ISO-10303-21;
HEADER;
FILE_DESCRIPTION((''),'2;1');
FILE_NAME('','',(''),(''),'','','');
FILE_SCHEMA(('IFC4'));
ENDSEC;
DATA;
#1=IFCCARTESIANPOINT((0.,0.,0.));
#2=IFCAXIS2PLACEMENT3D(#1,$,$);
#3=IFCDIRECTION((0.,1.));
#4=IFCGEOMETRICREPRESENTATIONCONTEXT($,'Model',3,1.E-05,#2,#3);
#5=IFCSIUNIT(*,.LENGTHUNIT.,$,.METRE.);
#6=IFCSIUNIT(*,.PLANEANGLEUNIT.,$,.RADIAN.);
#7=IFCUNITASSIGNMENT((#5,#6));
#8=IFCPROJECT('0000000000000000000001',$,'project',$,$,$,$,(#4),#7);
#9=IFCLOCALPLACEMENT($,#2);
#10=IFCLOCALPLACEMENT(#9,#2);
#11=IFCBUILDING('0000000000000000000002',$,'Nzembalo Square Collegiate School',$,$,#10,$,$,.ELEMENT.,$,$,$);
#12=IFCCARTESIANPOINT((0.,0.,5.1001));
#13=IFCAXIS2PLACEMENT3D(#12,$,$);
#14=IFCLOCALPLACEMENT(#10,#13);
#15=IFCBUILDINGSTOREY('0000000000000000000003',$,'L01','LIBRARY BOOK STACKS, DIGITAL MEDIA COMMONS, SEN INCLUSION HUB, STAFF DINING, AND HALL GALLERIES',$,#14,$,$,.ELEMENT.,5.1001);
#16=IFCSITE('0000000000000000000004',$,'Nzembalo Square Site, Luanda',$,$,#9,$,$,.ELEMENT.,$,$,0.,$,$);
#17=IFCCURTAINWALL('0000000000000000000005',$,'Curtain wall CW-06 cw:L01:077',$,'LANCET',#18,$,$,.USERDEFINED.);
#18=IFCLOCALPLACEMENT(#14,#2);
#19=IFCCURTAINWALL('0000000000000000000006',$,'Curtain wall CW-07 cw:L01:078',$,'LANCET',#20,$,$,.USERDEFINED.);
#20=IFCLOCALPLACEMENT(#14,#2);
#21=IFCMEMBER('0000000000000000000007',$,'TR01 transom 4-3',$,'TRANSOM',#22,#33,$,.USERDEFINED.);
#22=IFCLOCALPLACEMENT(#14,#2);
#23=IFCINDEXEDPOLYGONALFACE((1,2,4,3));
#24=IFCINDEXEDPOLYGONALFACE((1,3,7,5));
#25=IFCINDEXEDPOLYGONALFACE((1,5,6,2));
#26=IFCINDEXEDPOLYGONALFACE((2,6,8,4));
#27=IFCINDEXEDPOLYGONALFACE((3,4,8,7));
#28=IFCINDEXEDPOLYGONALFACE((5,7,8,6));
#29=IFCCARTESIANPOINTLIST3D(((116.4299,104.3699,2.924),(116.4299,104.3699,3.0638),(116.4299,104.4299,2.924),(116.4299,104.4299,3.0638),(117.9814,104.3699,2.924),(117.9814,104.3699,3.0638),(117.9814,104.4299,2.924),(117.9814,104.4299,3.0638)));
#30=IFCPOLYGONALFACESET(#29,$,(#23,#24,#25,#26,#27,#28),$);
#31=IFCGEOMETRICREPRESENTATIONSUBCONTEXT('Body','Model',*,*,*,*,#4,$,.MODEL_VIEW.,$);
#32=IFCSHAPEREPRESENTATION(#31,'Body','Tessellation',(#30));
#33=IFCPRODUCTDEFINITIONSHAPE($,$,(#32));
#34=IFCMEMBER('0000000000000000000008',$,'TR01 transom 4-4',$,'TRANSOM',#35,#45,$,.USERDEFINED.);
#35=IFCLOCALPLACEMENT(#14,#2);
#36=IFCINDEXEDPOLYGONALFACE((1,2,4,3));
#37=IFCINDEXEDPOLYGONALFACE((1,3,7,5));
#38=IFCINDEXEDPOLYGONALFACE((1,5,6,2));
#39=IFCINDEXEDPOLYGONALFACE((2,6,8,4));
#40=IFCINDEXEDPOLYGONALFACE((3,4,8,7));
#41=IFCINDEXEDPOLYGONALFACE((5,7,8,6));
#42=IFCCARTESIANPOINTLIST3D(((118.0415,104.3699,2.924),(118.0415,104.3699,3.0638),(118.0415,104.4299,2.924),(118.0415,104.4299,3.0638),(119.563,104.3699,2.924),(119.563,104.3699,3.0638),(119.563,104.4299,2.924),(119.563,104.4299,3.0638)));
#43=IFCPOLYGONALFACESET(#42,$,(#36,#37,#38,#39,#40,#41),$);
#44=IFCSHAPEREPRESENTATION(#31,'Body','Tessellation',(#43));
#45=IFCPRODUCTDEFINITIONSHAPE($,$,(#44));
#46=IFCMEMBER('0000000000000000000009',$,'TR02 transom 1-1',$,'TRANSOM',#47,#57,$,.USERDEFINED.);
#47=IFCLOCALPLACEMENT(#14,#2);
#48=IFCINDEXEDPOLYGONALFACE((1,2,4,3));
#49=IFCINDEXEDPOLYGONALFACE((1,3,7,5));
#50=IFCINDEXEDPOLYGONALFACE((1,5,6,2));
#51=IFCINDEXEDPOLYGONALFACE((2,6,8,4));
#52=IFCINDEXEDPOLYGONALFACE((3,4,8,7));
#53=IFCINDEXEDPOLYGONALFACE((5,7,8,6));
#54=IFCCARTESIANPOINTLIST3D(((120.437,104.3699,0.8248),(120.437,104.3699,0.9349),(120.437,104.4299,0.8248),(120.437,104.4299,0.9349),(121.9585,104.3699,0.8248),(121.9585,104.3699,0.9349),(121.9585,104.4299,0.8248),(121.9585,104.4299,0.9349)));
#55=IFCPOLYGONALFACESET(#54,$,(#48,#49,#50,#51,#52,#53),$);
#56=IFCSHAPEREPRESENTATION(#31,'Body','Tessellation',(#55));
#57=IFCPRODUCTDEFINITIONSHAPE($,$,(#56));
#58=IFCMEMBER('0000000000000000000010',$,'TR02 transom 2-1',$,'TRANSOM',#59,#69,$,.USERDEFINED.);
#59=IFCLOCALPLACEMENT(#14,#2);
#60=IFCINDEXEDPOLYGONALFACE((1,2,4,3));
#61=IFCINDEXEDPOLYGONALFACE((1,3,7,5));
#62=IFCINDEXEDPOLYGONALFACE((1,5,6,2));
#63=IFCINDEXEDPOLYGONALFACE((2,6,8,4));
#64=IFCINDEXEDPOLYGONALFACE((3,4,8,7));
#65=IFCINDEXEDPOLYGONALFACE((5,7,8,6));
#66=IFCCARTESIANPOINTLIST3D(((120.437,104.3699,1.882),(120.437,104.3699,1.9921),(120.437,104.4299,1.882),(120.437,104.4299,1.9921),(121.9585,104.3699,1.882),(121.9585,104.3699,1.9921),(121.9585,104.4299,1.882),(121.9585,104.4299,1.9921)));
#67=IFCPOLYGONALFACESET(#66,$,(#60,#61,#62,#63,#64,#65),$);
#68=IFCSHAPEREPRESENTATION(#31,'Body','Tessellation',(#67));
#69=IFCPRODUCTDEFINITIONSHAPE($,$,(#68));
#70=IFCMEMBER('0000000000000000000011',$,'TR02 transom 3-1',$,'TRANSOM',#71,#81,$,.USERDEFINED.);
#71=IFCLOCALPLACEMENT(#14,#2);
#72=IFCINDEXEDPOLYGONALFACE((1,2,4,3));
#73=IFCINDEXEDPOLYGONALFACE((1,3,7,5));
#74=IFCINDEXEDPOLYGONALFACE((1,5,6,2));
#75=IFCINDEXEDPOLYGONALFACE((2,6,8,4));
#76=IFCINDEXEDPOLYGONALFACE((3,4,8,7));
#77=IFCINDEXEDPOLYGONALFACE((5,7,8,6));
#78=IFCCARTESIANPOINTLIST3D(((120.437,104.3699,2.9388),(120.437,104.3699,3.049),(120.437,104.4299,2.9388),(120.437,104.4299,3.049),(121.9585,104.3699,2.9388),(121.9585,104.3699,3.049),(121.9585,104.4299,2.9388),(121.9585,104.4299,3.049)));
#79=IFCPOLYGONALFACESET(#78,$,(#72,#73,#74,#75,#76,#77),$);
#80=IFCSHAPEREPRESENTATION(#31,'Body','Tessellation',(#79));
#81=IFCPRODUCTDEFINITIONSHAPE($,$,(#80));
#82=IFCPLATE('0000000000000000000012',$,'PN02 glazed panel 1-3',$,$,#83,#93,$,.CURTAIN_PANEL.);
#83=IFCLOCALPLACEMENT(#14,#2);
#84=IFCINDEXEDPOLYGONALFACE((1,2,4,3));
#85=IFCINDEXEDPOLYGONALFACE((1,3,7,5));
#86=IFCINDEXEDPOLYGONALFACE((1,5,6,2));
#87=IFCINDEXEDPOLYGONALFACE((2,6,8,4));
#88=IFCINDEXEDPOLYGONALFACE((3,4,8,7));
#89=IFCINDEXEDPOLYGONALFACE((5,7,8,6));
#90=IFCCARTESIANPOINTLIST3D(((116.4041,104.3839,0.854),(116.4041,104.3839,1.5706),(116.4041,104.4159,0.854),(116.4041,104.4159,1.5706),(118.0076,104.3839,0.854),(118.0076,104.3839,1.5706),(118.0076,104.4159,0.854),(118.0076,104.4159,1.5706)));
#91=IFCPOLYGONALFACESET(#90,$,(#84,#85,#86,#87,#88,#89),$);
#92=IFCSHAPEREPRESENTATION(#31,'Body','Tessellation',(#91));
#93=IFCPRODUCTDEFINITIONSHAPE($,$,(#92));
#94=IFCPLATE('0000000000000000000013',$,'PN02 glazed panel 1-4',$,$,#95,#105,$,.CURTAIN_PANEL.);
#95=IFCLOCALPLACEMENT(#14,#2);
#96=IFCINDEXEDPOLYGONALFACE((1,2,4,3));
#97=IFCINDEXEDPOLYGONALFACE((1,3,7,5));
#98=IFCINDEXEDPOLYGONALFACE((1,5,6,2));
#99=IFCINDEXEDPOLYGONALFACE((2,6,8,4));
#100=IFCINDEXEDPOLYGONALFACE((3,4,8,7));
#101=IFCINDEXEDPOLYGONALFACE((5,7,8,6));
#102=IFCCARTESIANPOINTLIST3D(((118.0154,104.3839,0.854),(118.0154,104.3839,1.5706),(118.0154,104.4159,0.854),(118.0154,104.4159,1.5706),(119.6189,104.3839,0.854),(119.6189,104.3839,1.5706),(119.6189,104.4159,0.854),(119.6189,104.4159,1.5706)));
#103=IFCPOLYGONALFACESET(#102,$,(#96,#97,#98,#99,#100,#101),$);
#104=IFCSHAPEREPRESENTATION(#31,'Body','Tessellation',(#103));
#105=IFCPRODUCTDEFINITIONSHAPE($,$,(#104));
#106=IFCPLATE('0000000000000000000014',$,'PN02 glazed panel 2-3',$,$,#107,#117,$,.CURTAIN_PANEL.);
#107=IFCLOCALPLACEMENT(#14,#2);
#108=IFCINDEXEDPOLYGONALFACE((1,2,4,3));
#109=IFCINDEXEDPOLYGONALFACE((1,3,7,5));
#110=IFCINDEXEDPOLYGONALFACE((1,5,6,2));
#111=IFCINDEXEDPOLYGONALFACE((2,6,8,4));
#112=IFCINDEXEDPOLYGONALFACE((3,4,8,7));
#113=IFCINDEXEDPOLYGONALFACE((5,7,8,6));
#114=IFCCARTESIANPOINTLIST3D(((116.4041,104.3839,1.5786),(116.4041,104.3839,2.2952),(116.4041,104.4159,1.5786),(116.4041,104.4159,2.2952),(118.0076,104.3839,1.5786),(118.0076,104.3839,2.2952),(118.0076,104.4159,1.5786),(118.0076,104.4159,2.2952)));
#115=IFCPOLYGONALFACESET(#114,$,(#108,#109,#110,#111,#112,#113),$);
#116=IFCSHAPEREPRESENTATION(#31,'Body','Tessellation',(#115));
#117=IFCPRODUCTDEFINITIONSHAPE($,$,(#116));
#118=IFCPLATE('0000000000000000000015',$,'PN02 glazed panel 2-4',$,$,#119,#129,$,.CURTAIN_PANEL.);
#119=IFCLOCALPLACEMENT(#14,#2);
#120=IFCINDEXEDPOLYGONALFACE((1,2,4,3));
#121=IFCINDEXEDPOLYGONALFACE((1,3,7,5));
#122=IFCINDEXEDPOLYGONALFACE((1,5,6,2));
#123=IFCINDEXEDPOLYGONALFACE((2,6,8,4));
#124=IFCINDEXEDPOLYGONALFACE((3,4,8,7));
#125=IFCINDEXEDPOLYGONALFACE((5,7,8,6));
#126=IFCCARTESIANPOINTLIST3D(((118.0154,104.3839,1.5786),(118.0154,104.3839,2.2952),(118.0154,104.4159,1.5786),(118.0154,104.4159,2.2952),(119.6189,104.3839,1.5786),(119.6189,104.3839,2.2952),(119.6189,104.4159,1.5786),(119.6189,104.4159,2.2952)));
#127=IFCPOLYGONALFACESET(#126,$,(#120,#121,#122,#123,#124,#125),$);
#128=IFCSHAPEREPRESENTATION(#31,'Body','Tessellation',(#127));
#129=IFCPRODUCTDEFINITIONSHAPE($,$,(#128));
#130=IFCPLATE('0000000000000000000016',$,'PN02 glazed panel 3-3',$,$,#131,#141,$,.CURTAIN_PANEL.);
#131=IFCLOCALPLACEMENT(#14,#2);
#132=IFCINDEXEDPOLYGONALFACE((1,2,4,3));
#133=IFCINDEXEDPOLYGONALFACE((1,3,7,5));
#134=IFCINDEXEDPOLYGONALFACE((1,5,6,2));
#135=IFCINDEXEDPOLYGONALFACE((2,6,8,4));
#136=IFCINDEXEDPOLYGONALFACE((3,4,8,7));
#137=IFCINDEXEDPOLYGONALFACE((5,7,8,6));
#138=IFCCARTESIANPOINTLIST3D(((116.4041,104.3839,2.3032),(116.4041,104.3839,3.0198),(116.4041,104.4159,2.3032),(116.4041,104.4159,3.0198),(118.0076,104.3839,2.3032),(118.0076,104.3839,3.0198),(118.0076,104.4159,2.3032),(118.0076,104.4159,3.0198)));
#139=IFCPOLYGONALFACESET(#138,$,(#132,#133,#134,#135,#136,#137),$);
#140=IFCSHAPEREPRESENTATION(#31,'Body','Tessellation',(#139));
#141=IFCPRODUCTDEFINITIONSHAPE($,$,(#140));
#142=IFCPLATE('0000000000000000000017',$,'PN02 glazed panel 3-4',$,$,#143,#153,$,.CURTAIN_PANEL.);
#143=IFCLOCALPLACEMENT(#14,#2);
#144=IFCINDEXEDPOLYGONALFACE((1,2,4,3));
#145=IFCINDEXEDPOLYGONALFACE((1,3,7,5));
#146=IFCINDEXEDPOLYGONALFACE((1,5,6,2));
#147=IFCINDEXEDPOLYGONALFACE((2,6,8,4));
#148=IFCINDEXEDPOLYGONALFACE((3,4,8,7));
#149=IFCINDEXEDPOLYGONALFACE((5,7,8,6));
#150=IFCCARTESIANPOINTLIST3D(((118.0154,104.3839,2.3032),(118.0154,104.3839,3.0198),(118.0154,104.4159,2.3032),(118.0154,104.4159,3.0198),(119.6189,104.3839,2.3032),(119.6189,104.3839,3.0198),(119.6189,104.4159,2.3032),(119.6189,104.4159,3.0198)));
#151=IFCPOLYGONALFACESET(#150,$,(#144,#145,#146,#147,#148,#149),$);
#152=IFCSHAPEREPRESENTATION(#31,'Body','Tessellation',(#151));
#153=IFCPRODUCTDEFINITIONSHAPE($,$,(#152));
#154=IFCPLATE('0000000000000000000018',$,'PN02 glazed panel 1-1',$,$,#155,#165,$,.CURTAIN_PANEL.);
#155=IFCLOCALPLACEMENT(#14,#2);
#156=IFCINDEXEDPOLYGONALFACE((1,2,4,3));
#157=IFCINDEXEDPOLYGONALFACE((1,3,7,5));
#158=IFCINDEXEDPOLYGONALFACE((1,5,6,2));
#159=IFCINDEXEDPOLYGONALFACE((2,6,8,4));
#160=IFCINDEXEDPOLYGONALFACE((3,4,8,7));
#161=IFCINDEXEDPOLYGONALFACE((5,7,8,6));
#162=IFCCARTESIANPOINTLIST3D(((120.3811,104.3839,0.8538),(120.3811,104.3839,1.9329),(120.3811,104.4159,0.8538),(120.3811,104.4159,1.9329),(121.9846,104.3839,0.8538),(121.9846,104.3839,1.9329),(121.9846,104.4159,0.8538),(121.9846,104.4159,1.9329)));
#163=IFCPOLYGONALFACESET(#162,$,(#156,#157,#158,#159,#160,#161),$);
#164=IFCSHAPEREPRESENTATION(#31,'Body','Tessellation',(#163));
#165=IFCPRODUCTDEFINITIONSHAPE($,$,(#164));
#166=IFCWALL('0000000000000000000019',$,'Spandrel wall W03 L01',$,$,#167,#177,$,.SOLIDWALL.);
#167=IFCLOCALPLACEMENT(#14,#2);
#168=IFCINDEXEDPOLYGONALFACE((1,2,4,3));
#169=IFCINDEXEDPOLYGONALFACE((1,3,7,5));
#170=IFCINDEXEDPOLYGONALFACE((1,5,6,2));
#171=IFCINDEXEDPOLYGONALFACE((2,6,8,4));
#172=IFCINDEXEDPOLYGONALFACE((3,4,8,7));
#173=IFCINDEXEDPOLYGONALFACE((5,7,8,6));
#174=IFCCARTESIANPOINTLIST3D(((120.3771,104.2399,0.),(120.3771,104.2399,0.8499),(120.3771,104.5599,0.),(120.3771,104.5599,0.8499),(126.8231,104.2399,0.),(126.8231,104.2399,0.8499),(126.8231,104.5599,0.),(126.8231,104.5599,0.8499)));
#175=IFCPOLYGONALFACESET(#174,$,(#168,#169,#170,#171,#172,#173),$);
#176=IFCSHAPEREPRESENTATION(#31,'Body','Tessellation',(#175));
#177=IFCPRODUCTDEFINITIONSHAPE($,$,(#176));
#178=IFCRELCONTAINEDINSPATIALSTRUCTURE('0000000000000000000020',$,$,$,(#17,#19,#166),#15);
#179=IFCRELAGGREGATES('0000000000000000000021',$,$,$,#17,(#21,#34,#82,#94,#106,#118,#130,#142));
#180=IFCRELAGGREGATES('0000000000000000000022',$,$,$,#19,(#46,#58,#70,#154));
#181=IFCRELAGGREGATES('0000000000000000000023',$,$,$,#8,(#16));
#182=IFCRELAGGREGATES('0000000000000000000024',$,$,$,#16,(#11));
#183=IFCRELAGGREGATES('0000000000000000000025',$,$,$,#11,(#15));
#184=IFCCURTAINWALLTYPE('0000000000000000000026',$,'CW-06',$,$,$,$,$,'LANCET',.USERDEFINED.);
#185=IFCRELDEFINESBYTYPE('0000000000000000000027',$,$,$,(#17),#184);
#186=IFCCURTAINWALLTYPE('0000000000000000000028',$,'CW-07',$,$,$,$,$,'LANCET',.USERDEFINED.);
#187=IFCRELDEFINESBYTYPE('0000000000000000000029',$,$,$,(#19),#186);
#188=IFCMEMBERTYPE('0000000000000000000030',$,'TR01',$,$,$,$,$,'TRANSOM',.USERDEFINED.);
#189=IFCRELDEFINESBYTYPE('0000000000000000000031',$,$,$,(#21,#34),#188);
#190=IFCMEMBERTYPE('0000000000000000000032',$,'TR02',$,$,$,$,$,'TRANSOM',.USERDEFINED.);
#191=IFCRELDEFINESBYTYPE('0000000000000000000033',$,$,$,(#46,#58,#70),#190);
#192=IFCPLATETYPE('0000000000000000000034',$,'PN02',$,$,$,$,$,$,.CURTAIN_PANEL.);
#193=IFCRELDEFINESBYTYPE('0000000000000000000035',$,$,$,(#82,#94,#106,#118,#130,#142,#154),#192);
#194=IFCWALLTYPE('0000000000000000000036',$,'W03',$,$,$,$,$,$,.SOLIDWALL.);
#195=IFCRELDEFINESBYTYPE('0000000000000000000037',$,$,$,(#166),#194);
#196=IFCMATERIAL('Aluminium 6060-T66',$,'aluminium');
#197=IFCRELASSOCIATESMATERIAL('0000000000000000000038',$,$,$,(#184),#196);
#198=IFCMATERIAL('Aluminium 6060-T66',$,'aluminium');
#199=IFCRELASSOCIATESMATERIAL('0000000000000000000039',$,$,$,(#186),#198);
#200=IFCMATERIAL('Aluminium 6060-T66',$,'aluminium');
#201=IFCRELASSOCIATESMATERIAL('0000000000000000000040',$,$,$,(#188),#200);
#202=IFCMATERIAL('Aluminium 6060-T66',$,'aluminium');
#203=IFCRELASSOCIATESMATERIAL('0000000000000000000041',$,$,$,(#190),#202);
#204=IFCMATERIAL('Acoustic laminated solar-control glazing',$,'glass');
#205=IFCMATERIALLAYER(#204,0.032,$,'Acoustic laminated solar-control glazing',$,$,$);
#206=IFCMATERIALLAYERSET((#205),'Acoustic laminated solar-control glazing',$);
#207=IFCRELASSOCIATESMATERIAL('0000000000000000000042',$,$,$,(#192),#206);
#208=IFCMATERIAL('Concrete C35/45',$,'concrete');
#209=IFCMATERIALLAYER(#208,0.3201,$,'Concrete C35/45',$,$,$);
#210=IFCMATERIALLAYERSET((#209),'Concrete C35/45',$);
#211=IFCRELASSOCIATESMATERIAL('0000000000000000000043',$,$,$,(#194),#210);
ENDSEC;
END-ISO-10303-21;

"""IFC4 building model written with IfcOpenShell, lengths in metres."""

from ifc_helpers import new_model, si_unit, direction, frame, frame_2d, origin, origin_2d, place, context, subcontext, project, spatial, rectangle, extrude, material, layer, layer_set, material_profile, profile_set, type_object, element, aggregate, save


model = new_model("IFC4")

# Units and contexts
model_context = context("Model", 3, precision=1e-05, world=origin(), true_north=direction((0.0, 1.0)))
body_context = subcontext(model_context, "Body", "Model", "MODEL_VIEW")
ifc_project = project(units=[si_unit("LENGTHUNIT", "METRE"), si_unit("PLANEANGLEUNIT", "RADIAN")], contexts=[model_context])

# Site, building, storey
site_placement = place(None, origin())
site = spatial("IfcSite", under=ifc_project, at=site_placement, Name="Nzembalo Square Site, Luanda", CompositionType="ELEMENT", RefElevation=0.0)
building_placement = place(site_placement, origin())
building = spatial("IfcBuilding", under=site, at=building_placement, Name="Nzembalo Square Collegiate School", CompositionType="ELEMENT")
storey_placement = place(building_placement, frame((0.0, 0.0, 5.1001)))
storey = spatial("IfcBuildingStorey", under=building, at=storey_placement, Name="L01", Description="LIBRARY BOOK STACKS, DIGITAL MEDIA COMMONS, SEN INCLUSION HUB, STAFF DINING, AND HALL GALLERIES", CompositionType="ELEMENT", Elevation=5.1001)

# Curtain wall
ifc_material_1 = material(Name="Aluminium 6060-T66", Category="aluminium")
curtain_wall_type_1 = type_object("IfcCurtainWallType", Name="CW-06", ElementType="LANCET", PredefinedType="USERDEFINED", material=ifc_material_1)
curtain_wall_1_placement = place(storey_placement, origin())
curtain_wall_1 = element("IfcCurtainWall", 1, at=curtain_wall_1_placement, inside=storey, type_object=curtain_wall_type_1, Name="Curtain wall CW-06 cw:L01:077", ObjectType="LANCET", PredefinedType="USERDEFINED")

# Curtain wall
ifc_material_2 = material(Name="Aluminium 6060-T66", Category="aluminium")
curtain_wall_type_2 = type_object("IfcCurtainWallType", Name="CW-07", ElementType="LANCET", PredefinedType="USERDEFINED", material=ifc_material_2)
curtain_wall_2_placement = place(storey_placement, origin())
curtain_wall_2 = element("IfcCurtainWall", 2, at=curtain_wall_2_placement, inside=storey, type_object=curtain_wall_type_2, Name="Curtain wall CW-07 cw:L01:078", ObjectType="LANCET", PredefinedType="USERDEFINED")

# Members
ifc_material_3 = material(Name="Aluminium 6060-T66", Category="aluminium")
ifc_material_profile_1 = material_profile(ifc_material_3, rectangle(XDim=0.0601, YDim=0.1399, at=origin_2d()), Name="ALU T60x140")
ifc_profile_set_1 = profile_set([ifc_material_profile_1], Name="Aluminium 6060-T66")
member_type_1 = type_object("IfcMemberType", Name="TR01", ElementType="TRANSOM", PredefinedType="USERDEFINED", material=ifc_profile_set_1)
member_1_placement = place(storey_placement, frame((116.4299, 104.3999, 2.9939), z_axis=(1.0, 0.0, 0.0), x_axis=(0.0, 1.0, 0.0)))
member_1 = element("IfcMember", 3, at=member_1_placement, type_object=member_type_1, Name="TR01 transom 4-3", ObjectType="TRANSOM", PredefinedType="USERDEFINED", context=body_context, shape_type="SweptSolid", body=[
    extrude(rectangle(XDim=0.0601, YDim=0.1399, at=origin_2d()), origin(), (0.0, 0.0, 1.0), 1.5515),
])
member_2_placement = place(storey_placement, frame((118.0415, 104.3999, 2.9939), z_axis=(1.0, 0.0, 0.0), x_axis=(0.0, 1.0, 0.0)))
member_2 = element("IfcMember", 4, at=member_2_placement, type_object=member_type_1, Name="TR01 transom 4-4", ObjectType="TRANSOM", PredefinedType="USERDEFINED", context=body_context, shape_type="SweptSolid", body=[
    extrude(rectangle(XDim=0.0601, YDim=0.1399, at=origin_2d()), origin(), (0.0, 0.0, 1.0), 1.5215),
])
ifc_material_4 = material(Name="Aluminium 6060-T66", Category="aluminium")
ifc_material_profile_2 = material_profile(ifc_material_4, rectangle(XDim=0.0601, YDim=0.1101, at=origin_2d()), Name="ALU T60x110")
ifc_profile_set_2 = profile_set([ifc_material_profile_2], Name="Aluminium 6060-T66")
member_type_2 = type_object("IfcMemberType", Name="TR02", ElementType="TRANSOM", PredefinedType="USERDEFINED", material=ifc_profile_set_2)
member_3_placement = place(storey_placement, frame((120.437, 104.3999, 0.8799), z_axis=(1.0, 0.0, 0.0), x_axis=(0.0, 1.0, 0.0)))
member_3 = element("IfcMember", 5, at=member_3_placement, type_object=member_type_2, Name="TR02 transom 1-1", ObjectType="TRANSOM", PredefinedType="USERDEFINED", context=body_context, shape_type="SweptSolid", body=[
    extrude(rectangle(XDim=0.0601, YDim=0.1101, at=origin_2d()), origin(), (0.0, 0.0, 1.0), 1.5215),
])
member_4_placement = place(storey_placement, frame((120.437, 104.3999, 1.937), z_axis=(1.0, 0.0, 0.0), x_axis=(0.0, 1.0, 0.0)))
member_4 = element("IfcMember", 6, at=member_4_placement, type_object=member_type_2, Name="TR02 transom 2-1", ObjectType="TRANSOM", PredefinedType="USERDEFINED", context=body_context, shape_type="SweptSolid", body=[
    extrude(rectangle(XDim=0.0601, YDim=0.1101, at=origin_2d()), origin(), (0.0, 0.0, 1.0), 1.5215),
])
member_5_placement = place(storey_placement, frame((120.437, 104.3999, 2.9939), z_axis=(1.0, 0.0, 0.0), x_axis=(0.0, 1.0, 0.0)))
member_5 = element("IfcMember", 7, at=member_5_placement, type_object=member_type_2, Name="TR02 transom 3-1", ObjectType="TRANSOM", PredefinedType="USERDEFINED", context=body_context, shape_type="SweptSolid", body=[
    extrude(rectangle(XDim=0.0601, YDim=0.1101, at=origin_2d()), origin(), (0.0, 0.0, 1.0), 1.5215),
])

# Plates
ifc_material_5 = material(Name="Acoustic laminated solar-control glazing", Category="glass")
ifc_layer_1 = layer(ifc_material_5, 0.032, Name="Acoustic laminated solar-control glazing")
ifc_layer_set_1 = layer_set([ifc_layer_1], Name="Acoustic laminated solar-control glazing")
plate_type = type_object("IfcPlateType", Name="PN02", PredefinedType="CURTAIN_PANEL", material=ifc_layer_set_1)
plate_1_placement = place(storey_placement, frame((117.2058, 104.3999, 0.854), z_axis=(0.0, 0.0, 1.0), x_axis=(1.0, 0.0, 0.0)))
plate_1 = element("IfcPlate", 8, at=plate_1_placement, type_object=plate_type, Name="PN02 glazed panel 1-3", PredefinedType="CURTAIN_PANEL", context=body_context, shape_type="SweptSolid", body=[
    extrude(rectangle(XDim=1.6035, YDim=0.032, at=origin_2d()), origin(), (0.0, 0.0, 1.0), 0.7166),
])
plate_2_placement = place(storey_placement, frame((118.8171, 104.3999, 0.854), z_axis=(0.0, 0.0, 1.0), x_axis=(1.0, 0.0, 0.0)))
plate_2 = element("IfcPlate", 9, at=plate_2_placement, type_object=plate_type, Name="PN02 glazed panel 1-4", PredefinedType="CURTAIN_PANEL", context=body_context, shape_type="SweptSolid", body=[
    extrude(rectangle(XDim=1.6035, YDim=0.032, at=origin_2d()), origin(), (0.0, 0.0, 1.0), 0.7166),
])
plate_3_placement = place(storey_placement, frame((117.2058, 104.3999, 1.5786), z_axis=(0.0, 0.0, 1.0), x_axis=(1.0, 0.0, 0.0)))
plate_3 = element("IfcPlate", 10, at=plate_3_placement, type_object=plate_type, Name="PN02 glazed panel 2-3", PredefinedType="CURTAIN_PANEL", context=body_context, shape_type="SweptSolid", body=[
    extrude(rectangle(XDim=1.6035, YDim=0.032, at=origin_2d()), origin(), (0.0, 0.0, 1.0), 0.7166),
])
plate_4_placement = place(storey_placement, frame((118.8171, 104.3999, 1.5786), z_axis=(0.0, 0.0, 1.0), x_axis=(1.0, 0.0, 0.0)))
plate_4 = element("IfcPlate", 11, at=plate_4_placement, type_object=plate_type, Name="PN02 glazed panel 2-4", PredefinedType="CURTAIN_PANEL", context=body_context, shape_type="SweptSolid", body=[
    extrude(rectangle(XDim=1.6035, YDim=0.032, at=origin_2d()), origin(), (0.0, 0.0, 1.0), 0.7166),
])
plate_5_placement = place(storey_placement, frame((117.2058, 104.3999, 2.3032), z_axis=(0.0, 0.0, 1.0), x_axis=(1.0, 0.0, 0.0)))
plate_5 = element("IfcPlate", 12, at=plate_5_placement, type_object=plate_type, Name="PN02 glazed panel 3-3", PredefinedType="CURTAIN_PANEL", context=body_context, shape_type="SweptSolid", body=[
    extrude(rectangle(XDim=1.6035, YDim=0.032, at=origin_2d()), origin(), (0.0, 0.0, 1.0), 0.7166),
])
plate_6_placement = place(storey_placement, frame((118.8171, 104.3999, 2.3032), z_axis=(0.0, 0.0, 1.0), x_axis=(1.0, 0.0, 0.0)))
plate_6 = element("IfcPlate", 13, at=plate_6_placement, type_object=plate_type, Name="PN02 glazed panel 3-4", PredefinedType="CURTAIN_PANEL", context=body_context, shape_type="SweptSolid", body=[
    extrude(rectangle(XDim=1.6035, YDim=0.032, at=origin_2d()), origin(), (0.0, 0.0, 1.0), 0.7166),
])
aggregate(curtain_wall_1, [member_1, member_2, plate_1, plate_2, plate_3, plate_4, plate_5, plate_6])
plate_7_placement = place(storey_placement, frame((121.1829, 104.3999, 0.8538), z_axis=(0.0, 0.0, 1.0), x_axis=(1.0, 0.0, 0.0)))
plate_7 = element("IfcPlate", 14, at=plate_7_placement, type_object=plate_type, Name="PN02 glazed panel 1-1", PredefinedType="CURTAIN_PANEL", context=body_context, shape_type="SweptSolid", body=[
    extrude(rectangle(XDim=1.6035, YDim=0.032, at=origin_2d()), origin(), (0.0, 0.0, 1.0), 1.0791),
])
aggregate(curtain_wall_2, [member_3, member_4, member_5, plate_7])

# Wall
ifc_material_6 = material(Name="Concrete C35/45", Category="concrete")
ifc_layer_2 = layer(ifc_material_6, 0.3201, Name="Concrete C35/45")
ifc_layer_set_2 = layer_set([ifc_layer_2], Name="Concrete C35/45")
wall_type = type_object("IfcWallType", Name="W03", PredefinedType="SOLIDWALL", material=ifc_layer_set_2)
wall_placement = place(storey_placement, frame((120.377, 104.3999, 0.0), z_axis=(0.0, 0.0, 1.0), x_axis=(1.0, 0.0, 0.0)))
element("IfcWall", 15, at=wall_placement, inside=storey, type_object=wall_type, Name="Spandrel wall W03 L01", PredefinedType="SOLIDWALL", context=body_context, shape_type="SweptSolid", body=[
    extrude(rectangle(XDim=6.446, YDim=0.3201, at=frame_2d((3.2231, 0.0))), origin(), (0.0, 0.0, 1.0), 0.8499),
])

save(model, "model.ifc")
